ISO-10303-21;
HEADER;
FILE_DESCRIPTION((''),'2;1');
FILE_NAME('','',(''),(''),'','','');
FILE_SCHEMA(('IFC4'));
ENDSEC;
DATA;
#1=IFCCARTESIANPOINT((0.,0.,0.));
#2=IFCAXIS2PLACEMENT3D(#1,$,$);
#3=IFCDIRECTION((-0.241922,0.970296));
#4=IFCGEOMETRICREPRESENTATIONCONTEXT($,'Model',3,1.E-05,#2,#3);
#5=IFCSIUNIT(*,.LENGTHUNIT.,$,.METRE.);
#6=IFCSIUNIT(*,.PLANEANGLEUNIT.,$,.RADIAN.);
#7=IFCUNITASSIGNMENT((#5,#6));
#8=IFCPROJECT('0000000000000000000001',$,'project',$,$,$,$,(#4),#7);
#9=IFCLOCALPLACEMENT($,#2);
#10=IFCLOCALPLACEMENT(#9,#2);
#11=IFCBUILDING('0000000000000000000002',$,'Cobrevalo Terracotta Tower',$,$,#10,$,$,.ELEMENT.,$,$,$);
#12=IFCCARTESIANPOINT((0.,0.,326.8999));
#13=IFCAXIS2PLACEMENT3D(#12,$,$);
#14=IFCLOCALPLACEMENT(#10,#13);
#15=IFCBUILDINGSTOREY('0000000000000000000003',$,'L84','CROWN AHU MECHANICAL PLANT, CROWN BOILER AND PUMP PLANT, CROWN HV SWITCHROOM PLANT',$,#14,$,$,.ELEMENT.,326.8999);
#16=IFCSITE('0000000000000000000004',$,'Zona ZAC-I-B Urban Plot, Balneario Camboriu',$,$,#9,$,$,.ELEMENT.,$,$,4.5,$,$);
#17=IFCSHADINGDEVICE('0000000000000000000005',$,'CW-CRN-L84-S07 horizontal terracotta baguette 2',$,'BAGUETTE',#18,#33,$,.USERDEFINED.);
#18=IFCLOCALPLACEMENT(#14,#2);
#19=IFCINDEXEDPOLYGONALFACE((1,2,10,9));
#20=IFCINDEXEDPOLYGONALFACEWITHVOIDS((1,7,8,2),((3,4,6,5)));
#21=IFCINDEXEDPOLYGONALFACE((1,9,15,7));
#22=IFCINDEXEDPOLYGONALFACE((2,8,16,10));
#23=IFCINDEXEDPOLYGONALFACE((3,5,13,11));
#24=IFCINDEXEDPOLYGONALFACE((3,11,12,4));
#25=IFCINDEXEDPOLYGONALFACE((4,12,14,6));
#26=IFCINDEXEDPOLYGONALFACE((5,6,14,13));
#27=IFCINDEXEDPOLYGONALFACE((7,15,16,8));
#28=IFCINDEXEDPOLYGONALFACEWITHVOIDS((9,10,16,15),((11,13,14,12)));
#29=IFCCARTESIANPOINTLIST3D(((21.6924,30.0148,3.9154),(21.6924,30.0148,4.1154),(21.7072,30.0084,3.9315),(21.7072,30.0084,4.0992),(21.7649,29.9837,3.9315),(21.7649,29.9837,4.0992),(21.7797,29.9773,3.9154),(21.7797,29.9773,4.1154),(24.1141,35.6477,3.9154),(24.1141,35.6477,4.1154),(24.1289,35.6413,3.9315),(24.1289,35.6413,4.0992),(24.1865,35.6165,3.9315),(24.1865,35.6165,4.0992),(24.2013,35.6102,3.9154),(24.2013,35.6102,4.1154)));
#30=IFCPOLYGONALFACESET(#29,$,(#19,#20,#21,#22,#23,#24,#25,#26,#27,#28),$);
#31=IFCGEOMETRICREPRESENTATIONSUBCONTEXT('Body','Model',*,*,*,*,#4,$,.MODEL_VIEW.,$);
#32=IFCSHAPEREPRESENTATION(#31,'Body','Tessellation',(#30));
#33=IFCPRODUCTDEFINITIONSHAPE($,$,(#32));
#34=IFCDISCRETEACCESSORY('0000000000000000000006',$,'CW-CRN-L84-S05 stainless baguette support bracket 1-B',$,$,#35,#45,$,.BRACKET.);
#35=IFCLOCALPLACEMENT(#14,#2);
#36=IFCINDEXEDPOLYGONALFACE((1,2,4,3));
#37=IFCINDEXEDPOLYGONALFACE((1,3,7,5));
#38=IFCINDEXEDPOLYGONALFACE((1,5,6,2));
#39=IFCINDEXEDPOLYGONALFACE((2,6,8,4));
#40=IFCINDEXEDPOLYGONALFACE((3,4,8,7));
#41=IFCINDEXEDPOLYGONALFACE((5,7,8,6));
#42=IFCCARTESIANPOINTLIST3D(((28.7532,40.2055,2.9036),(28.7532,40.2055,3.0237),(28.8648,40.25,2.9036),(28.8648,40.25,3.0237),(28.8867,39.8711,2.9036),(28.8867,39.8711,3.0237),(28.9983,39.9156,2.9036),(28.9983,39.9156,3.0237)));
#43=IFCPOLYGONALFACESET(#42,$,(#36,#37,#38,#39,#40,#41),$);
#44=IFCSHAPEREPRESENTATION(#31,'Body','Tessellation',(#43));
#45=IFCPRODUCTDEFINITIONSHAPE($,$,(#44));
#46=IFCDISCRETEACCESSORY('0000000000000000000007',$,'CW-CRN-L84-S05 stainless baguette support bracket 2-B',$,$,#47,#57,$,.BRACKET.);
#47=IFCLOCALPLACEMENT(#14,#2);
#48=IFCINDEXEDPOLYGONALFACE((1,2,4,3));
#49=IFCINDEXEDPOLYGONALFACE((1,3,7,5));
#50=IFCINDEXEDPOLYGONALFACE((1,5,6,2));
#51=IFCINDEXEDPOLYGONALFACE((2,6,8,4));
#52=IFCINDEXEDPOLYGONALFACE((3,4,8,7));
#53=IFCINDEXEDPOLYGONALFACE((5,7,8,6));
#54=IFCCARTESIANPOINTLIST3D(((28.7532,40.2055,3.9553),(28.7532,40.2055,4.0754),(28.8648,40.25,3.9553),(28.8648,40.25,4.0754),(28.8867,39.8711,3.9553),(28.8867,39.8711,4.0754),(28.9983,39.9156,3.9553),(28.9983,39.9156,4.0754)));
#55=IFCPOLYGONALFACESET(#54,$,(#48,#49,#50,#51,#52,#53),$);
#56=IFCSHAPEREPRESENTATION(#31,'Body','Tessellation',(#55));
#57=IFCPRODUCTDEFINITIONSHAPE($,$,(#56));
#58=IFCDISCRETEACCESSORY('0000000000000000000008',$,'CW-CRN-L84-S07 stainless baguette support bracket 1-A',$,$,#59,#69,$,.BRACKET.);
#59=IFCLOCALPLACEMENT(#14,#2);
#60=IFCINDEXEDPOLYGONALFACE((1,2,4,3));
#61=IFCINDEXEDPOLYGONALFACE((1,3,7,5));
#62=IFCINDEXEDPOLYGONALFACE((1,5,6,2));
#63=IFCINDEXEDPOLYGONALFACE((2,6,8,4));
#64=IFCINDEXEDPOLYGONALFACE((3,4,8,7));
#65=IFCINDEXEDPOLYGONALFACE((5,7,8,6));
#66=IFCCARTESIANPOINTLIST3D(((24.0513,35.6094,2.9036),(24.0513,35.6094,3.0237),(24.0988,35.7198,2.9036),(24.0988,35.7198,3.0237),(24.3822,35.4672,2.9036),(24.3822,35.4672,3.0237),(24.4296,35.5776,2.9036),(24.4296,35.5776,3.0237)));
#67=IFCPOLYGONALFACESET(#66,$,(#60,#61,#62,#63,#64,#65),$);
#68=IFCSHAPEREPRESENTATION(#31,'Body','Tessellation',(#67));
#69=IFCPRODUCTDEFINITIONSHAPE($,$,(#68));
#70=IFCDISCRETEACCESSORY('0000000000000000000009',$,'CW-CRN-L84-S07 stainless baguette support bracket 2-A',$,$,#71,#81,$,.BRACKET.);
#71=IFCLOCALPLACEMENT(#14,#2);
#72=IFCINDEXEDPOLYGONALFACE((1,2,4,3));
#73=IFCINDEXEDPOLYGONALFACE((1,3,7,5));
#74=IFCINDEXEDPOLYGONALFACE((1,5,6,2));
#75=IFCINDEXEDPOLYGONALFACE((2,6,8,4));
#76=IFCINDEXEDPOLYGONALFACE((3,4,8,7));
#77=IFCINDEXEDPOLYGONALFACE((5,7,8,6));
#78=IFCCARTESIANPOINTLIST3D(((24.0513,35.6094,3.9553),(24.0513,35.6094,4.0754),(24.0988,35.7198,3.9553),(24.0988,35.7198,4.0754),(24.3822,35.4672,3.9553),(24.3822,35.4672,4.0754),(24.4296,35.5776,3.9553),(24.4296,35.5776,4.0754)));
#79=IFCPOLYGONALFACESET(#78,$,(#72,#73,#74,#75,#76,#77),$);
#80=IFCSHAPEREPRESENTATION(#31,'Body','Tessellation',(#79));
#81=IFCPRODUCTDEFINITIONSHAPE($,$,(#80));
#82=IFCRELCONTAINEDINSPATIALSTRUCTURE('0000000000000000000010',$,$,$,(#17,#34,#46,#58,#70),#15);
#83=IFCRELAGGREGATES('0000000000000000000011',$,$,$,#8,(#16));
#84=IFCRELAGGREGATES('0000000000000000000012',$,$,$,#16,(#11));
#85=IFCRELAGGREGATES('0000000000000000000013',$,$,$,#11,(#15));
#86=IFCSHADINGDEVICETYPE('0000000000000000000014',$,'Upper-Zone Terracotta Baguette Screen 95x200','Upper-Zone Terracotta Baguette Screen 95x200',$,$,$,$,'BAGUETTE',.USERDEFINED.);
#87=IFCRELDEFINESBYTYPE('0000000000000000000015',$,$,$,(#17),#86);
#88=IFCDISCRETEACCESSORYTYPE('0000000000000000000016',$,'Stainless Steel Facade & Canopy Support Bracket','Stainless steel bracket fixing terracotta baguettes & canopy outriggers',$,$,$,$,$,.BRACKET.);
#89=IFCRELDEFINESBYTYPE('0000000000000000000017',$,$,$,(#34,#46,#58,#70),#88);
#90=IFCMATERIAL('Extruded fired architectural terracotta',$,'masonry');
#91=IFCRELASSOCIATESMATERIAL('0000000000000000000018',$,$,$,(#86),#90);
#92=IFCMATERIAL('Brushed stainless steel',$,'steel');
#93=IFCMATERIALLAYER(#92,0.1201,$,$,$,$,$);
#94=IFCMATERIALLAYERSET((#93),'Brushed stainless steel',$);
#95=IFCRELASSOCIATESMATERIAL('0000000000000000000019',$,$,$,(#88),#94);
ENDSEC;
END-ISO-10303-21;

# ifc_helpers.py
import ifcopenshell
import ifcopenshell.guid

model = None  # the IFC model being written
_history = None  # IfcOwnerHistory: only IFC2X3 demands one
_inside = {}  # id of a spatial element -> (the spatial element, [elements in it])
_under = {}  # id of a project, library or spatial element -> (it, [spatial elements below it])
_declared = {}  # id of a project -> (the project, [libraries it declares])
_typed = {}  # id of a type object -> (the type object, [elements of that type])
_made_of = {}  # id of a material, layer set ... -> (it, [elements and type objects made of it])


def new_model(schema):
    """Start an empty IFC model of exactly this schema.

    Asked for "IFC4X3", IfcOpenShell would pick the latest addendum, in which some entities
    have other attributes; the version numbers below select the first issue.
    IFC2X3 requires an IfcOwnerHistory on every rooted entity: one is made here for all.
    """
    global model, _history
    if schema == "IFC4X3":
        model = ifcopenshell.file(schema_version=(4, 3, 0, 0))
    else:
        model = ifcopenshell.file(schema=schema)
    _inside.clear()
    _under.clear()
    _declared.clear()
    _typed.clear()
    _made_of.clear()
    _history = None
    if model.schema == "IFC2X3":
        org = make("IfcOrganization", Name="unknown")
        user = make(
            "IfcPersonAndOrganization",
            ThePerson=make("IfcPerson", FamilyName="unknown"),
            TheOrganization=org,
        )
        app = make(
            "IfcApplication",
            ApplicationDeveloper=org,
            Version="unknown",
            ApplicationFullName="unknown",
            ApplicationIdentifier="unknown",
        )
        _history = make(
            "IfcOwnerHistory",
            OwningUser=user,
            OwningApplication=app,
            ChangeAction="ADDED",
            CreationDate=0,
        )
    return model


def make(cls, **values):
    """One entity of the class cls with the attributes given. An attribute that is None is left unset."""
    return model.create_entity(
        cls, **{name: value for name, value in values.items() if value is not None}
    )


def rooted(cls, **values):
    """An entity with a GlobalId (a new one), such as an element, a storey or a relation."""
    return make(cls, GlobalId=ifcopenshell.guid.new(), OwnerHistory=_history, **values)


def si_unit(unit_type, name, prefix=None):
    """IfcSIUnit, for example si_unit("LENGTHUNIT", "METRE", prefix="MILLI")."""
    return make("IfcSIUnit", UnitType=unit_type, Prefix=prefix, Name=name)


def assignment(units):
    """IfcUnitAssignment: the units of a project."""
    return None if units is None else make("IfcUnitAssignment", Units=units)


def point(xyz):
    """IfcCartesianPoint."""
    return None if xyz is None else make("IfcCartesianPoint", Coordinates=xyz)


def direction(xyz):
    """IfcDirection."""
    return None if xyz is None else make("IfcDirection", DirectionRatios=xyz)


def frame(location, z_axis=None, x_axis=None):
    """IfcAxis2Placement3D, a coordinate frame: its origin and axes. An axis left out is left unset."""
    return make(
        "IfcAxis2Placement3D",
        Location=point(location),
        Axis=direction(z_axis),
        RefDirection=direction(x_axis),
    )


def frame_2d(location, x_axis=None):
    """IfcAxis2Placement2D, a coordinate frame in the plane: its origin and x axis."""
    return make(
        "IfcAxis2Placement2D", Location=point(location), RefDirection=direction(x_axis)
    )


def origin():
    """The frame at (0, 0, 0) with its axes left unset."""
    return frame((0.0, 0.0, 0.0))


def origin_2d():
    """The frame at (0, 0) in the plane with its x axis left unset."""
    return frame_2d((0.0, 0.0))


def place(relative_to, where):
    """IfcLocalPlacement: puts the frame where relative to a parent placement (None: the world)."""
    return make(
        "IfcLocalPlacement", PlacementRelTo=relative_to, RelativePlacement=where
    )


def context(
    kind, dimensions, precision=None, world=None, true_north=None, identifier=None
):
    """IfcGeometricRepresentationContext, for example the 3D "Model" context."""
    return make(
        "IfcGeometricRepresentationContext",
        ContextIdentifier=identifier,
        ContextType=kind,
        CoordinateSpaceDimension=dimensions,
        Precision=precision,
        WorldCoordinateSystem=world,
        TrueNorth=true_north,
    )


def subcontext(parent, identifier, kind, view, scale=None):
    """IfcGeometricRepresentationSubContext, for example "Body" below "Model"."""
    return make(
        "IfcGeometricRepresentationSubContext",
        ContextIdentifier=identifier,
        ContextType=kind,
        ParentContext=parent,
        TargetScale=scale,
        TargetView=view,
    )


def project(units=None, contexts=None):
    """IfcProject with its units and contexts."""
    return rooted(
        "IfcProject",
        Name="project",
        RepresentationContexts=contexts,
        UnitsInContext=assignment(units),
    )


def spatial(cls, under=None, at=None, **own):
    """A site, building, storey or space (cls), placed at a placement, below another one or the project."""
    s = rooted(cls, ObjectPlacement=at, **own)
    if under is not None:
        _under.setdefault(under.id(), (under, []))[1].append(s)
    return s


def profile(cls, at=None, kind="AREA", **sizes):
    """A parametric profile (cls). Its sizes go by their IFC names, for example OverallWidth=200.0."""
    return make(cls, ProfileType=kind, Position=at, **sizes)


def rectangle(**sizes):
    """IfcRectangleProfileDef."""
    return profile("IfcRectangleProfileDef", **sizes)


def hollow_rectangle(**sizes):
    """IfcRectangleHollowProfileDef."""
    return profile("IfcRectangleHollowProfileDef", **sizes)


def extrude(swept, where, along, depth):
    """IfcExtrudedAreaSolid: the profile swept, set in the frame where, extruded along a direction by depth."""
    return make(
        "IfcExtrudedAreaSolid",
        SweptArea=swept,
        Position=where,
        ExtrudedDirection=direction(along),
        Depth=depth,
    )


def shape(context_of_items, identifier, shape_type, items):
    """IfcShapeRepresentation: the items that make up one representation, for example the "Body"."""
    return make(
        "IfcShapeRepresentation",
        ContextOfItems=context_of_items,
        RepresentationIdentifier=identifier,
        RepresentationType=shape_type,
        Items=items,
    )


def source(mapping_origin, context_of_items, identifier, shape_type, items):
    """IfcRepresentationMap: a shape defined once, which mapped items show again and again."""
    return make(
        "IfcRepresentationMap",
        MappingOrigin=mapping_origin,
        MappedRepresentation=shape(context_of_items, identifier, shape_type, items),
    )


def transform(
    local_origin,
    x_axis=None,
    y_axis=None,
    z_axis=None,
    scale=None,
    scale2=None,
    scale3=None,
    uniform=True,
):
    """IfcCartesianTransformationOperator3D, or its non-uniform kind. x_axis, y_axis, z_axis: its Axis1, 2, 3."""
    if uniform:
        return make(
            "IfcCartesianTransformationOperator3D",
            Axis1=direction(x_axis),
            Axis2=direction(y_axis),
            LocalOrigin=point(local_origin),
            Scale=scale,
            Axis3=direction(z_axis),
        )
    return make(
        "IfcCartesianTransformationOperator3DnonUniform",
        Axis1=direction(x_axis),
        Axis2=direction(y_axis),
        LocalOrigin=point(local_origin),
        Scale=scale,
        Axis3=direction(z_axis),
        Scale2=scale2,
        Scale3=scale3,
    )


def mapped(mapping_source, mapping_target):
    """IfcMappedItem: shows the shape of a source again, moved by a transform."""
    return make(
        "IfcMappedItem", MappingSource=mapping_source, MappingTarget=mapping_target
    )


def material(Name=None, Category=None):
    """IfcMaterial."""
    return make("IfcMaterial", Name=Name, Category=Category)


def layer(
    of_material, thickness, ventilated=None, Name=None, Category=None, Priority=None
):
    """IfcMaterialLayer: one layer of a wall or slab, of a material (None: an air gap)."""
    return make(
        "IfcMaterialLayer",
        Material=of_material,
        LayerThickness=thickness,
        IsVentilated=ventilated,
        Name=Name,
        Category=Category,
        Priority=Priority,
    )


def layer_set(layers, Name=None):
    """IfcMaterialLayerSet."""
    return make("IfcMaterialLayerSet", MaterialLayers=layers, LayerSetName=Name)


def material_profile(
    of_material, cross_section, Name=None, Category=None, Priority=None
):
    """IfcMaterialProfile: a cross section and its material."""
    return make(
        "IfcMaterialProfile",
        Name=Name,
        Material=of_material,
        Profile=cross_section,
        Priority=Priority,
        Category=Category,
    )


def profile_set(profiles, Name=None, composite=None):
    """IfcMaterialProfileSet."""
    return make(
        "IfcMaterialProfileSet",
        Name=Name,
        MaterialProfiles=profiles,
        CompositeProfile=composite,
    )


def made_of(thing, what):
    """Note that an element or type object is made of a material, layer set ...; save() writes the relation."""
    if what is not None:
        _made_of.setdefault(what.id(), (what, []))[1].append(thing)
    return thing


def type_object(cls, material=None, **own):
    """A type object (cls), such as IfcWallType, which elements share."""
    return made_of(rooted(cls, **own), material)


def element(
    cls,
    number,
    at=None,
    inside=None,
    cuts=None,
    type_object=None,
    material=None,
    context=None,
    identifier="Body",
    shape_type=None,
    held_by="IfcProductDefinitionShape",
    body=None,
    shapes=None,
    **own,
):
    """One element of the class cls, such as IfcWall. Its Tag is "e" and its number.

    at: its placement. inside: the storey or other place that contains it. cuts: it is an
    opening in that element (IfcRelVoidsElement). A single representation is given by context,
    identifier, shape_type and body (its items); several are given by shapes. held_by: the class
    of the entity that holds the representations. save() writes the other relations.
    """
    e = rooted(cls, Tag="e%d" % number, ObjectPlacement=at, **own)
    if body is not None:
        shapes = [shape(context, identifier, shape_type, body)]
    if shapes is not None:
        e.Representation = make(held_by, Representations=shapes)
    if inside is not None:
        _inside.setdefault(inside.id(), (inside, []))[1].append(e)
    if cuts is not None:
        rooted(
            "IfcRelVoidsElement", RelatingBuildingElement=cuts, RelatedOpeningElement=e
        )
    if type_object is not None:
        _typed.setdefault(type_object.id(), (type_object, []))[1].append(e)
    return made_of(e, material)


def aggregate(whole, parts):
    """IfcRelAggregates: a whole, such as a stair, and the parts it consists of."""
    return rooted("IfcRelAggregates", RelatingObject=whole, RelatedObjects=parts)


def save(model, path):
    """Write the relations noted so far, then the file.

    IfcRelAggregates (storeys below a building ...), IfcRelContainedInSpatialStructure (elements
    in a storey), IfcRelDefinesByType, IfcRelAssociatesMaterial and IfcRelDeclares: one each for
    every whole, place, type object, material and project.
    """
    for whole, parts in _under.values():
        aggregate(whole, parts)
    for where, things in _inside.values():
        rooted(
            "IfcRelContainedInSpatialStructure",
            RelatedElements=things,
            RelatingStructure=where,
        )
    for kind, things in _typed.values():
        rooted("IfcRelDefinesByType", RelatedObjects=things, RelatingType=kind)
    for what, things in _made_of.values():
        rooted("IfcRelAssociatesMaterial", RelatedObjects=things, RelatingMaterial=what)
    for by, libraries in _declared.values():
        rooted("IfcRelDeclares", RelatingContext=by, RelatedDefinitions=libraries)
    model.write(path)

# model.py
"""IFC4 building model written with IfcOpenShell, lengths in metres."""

from ifc_helpers import new_model, si_unit, direction, frame, origin, origin_2d, place, context, subcontext, project, spatial, rectangle, hollow_rectangle, extrude, source, transform, mapped, material, layer, layer_set, material_profile, profile_set, type_object, element, save


model = new_model("IFC4")

# Units and contexts
model_context = context("Model", 3, precision=1e-05, world=origin(), true_north=direction((-0.241922, 0.970296)))
body_context = subcontext(model_context, "Body", "Model", "MODEL_VIEW")
ifc_project = project(units=[si_unit("LENGTHUNIT", "METRE"), si_unit("PLANEANGLEUNIT", "RADIAN")], contexts=[model_context])

# Site, building, storey
site_placement = place(None, origin())
site = spatial("IfcSite", under=ifc_project, at=site_placement, Name="Zona ZAC-I-B Urban Plot, Balneario Camboriu", CompositionType="ELEMENT", RefElevation=4.5)
building_placement = place(site_placement, origin())
building = spatial("IfcBuilding", under=site, at=building_placement, Name="Cobrevalo Terracotta Tower", CompositionType="ELEMENT")
storey_placement = place(building_placement, frame((0.0, 0.0, 326.8999)))
storey = spatial("IfcBuildingStorey", under=building, at=storey_placement, Name="L84", Description="CROWN AHU MECHANICAL PLANT, CROWN BOILER AND PUMP PLANT, CROWN HV SWITCHROOM PLANT", CompositionType="ELEMENT", Elevation=326.8999)

# Shading device
ifc_material_1 = material(Name="Extruded fired architectural terracotta", Category="masonry")
ifc_material_profile_1 = material_profile(ifc_material_1, hollow_rectangle(XDim=0.095, YDim=0.2, WallThickness=0.0161, at=origin_2d()), Name="BAGUETTE 95x200")
ifc_profile_set_1 = profile_set([ifc_material_profile_1], Name="Extruded fired architectural terracotta")
shading_device_type = type_object("IfcShadingDeviceType", Name="Upper-Zone Terracotta Baguette Screen 95x200", Description="Upper-Zone Terracotta Baguette Screen 95x200", ElementType="BAGUETTE", PredefinedType="USERDEFINED", material=ifc_profile_set_1)
shared_shape_1 = source(origin(), body_context, "Body", "SweptSolid", [
    extrude(hollow_rectangle(XDim=0.095, YDim=0.2, WallThickness=0.0161, at=origin_2d()), origin(), (0.0, 0.0, 1.0), 6.1313),
])
for number, where, z_axis, x_axis, name in (
    (1, (24.1577, 35.6289, 4.0154), (-0.394962, -0.918698, 0.0), (0.918698, -0.394962, 0.0), "CW-CRN-L84-S07 horizontal terracotta baguette 2"),
):
    element("IfcShadingDevice", number, at=place(storey_placement, frame(where, z_axis=z_axis, x_axis=x_axis)), inside=storey, type_object=shading_device_type, Name=name, ObjectType="BAGUETTE", PredefinedType="USERDEFINED", context=body_context, shape_type="MappedRepresentation", body=[
        mapped(shared_shape_1, transform((0.0, 0.0, 0.0), scale=1.0)),
    ])

# Discrete accessories
ifc_material_2 = material(Name="Brushed stainless steel", Category="steel")
ifc_layer_1 = layer(ifc_material_2, 0.1201)
ifc_layer_set_1 = layer_set([ifc_layer_1], Name="Brushed stainless steel")
discrete_accessory_type = type_object("IfcDiscreteAccessoryType", Name="Stainless Steel Facade & Canopy Support Bracket", Description="Stainless steel bracket fixing terracotta baguettes & canopy outriggers", PredefinedType="BRACKET", material=ifc_layer_set_1)
shared_shape_2 = source(origin(), body_context, "Body", "SweptSolid", [
    extrude(rectangle(XDim=0.1201, YDim=0.3601, at=origin_2d()), origin(), (0.0, 0.0, 1.0), 0.1201),
])
for number, where, z_axis, x_axis, name in (
    (2, (28.8757, 40.0605, 2.9036), (0.0, 0.0, 1.0), (-0.928769, -0.37066, 0.0), "CW-CRN-L84-S05 stainless baguette support bracket 1-B"),
    (3, (28.8757, 40.0605, 3.9553), (0.0, 0.0, 1.0), (-0.928769, -0.37066, 0.0), "CW-CRN-L84-S05 stainless baguette support bracket 2-B"),
    (4, (24.2405, 35.5935, 2.9036), (0.0, 0.0, 1.0), (-0.39496, -0.918698, 0.0), "CW-CRN-L84-S07 stainless baguette support bracket 1-A"),
    (5, (24.2405, 35.5935, 3.9553), (0.0, 0.0, 1.0), (-0.39496, -0.918698, 0.0), "CW-CRN-L84-S07 stainless baguette support bracket 2-A"),
):
    element("IfcDiscreteAccessory", number, at=place(storey_placement, frame(where, z_axis=z_axis, x_axis=x_axis)), inside=storey, type_object=discrete_accessory_type, Name=name, PredefinedType="BRACKET", context=body_context, shape_type="MappedRepresentation", body=[
        mapped(shared_shape_2, transform((0.0, 0.0, 0.0), scale=1.0)),
    ])

save(model, "model.ifc")
